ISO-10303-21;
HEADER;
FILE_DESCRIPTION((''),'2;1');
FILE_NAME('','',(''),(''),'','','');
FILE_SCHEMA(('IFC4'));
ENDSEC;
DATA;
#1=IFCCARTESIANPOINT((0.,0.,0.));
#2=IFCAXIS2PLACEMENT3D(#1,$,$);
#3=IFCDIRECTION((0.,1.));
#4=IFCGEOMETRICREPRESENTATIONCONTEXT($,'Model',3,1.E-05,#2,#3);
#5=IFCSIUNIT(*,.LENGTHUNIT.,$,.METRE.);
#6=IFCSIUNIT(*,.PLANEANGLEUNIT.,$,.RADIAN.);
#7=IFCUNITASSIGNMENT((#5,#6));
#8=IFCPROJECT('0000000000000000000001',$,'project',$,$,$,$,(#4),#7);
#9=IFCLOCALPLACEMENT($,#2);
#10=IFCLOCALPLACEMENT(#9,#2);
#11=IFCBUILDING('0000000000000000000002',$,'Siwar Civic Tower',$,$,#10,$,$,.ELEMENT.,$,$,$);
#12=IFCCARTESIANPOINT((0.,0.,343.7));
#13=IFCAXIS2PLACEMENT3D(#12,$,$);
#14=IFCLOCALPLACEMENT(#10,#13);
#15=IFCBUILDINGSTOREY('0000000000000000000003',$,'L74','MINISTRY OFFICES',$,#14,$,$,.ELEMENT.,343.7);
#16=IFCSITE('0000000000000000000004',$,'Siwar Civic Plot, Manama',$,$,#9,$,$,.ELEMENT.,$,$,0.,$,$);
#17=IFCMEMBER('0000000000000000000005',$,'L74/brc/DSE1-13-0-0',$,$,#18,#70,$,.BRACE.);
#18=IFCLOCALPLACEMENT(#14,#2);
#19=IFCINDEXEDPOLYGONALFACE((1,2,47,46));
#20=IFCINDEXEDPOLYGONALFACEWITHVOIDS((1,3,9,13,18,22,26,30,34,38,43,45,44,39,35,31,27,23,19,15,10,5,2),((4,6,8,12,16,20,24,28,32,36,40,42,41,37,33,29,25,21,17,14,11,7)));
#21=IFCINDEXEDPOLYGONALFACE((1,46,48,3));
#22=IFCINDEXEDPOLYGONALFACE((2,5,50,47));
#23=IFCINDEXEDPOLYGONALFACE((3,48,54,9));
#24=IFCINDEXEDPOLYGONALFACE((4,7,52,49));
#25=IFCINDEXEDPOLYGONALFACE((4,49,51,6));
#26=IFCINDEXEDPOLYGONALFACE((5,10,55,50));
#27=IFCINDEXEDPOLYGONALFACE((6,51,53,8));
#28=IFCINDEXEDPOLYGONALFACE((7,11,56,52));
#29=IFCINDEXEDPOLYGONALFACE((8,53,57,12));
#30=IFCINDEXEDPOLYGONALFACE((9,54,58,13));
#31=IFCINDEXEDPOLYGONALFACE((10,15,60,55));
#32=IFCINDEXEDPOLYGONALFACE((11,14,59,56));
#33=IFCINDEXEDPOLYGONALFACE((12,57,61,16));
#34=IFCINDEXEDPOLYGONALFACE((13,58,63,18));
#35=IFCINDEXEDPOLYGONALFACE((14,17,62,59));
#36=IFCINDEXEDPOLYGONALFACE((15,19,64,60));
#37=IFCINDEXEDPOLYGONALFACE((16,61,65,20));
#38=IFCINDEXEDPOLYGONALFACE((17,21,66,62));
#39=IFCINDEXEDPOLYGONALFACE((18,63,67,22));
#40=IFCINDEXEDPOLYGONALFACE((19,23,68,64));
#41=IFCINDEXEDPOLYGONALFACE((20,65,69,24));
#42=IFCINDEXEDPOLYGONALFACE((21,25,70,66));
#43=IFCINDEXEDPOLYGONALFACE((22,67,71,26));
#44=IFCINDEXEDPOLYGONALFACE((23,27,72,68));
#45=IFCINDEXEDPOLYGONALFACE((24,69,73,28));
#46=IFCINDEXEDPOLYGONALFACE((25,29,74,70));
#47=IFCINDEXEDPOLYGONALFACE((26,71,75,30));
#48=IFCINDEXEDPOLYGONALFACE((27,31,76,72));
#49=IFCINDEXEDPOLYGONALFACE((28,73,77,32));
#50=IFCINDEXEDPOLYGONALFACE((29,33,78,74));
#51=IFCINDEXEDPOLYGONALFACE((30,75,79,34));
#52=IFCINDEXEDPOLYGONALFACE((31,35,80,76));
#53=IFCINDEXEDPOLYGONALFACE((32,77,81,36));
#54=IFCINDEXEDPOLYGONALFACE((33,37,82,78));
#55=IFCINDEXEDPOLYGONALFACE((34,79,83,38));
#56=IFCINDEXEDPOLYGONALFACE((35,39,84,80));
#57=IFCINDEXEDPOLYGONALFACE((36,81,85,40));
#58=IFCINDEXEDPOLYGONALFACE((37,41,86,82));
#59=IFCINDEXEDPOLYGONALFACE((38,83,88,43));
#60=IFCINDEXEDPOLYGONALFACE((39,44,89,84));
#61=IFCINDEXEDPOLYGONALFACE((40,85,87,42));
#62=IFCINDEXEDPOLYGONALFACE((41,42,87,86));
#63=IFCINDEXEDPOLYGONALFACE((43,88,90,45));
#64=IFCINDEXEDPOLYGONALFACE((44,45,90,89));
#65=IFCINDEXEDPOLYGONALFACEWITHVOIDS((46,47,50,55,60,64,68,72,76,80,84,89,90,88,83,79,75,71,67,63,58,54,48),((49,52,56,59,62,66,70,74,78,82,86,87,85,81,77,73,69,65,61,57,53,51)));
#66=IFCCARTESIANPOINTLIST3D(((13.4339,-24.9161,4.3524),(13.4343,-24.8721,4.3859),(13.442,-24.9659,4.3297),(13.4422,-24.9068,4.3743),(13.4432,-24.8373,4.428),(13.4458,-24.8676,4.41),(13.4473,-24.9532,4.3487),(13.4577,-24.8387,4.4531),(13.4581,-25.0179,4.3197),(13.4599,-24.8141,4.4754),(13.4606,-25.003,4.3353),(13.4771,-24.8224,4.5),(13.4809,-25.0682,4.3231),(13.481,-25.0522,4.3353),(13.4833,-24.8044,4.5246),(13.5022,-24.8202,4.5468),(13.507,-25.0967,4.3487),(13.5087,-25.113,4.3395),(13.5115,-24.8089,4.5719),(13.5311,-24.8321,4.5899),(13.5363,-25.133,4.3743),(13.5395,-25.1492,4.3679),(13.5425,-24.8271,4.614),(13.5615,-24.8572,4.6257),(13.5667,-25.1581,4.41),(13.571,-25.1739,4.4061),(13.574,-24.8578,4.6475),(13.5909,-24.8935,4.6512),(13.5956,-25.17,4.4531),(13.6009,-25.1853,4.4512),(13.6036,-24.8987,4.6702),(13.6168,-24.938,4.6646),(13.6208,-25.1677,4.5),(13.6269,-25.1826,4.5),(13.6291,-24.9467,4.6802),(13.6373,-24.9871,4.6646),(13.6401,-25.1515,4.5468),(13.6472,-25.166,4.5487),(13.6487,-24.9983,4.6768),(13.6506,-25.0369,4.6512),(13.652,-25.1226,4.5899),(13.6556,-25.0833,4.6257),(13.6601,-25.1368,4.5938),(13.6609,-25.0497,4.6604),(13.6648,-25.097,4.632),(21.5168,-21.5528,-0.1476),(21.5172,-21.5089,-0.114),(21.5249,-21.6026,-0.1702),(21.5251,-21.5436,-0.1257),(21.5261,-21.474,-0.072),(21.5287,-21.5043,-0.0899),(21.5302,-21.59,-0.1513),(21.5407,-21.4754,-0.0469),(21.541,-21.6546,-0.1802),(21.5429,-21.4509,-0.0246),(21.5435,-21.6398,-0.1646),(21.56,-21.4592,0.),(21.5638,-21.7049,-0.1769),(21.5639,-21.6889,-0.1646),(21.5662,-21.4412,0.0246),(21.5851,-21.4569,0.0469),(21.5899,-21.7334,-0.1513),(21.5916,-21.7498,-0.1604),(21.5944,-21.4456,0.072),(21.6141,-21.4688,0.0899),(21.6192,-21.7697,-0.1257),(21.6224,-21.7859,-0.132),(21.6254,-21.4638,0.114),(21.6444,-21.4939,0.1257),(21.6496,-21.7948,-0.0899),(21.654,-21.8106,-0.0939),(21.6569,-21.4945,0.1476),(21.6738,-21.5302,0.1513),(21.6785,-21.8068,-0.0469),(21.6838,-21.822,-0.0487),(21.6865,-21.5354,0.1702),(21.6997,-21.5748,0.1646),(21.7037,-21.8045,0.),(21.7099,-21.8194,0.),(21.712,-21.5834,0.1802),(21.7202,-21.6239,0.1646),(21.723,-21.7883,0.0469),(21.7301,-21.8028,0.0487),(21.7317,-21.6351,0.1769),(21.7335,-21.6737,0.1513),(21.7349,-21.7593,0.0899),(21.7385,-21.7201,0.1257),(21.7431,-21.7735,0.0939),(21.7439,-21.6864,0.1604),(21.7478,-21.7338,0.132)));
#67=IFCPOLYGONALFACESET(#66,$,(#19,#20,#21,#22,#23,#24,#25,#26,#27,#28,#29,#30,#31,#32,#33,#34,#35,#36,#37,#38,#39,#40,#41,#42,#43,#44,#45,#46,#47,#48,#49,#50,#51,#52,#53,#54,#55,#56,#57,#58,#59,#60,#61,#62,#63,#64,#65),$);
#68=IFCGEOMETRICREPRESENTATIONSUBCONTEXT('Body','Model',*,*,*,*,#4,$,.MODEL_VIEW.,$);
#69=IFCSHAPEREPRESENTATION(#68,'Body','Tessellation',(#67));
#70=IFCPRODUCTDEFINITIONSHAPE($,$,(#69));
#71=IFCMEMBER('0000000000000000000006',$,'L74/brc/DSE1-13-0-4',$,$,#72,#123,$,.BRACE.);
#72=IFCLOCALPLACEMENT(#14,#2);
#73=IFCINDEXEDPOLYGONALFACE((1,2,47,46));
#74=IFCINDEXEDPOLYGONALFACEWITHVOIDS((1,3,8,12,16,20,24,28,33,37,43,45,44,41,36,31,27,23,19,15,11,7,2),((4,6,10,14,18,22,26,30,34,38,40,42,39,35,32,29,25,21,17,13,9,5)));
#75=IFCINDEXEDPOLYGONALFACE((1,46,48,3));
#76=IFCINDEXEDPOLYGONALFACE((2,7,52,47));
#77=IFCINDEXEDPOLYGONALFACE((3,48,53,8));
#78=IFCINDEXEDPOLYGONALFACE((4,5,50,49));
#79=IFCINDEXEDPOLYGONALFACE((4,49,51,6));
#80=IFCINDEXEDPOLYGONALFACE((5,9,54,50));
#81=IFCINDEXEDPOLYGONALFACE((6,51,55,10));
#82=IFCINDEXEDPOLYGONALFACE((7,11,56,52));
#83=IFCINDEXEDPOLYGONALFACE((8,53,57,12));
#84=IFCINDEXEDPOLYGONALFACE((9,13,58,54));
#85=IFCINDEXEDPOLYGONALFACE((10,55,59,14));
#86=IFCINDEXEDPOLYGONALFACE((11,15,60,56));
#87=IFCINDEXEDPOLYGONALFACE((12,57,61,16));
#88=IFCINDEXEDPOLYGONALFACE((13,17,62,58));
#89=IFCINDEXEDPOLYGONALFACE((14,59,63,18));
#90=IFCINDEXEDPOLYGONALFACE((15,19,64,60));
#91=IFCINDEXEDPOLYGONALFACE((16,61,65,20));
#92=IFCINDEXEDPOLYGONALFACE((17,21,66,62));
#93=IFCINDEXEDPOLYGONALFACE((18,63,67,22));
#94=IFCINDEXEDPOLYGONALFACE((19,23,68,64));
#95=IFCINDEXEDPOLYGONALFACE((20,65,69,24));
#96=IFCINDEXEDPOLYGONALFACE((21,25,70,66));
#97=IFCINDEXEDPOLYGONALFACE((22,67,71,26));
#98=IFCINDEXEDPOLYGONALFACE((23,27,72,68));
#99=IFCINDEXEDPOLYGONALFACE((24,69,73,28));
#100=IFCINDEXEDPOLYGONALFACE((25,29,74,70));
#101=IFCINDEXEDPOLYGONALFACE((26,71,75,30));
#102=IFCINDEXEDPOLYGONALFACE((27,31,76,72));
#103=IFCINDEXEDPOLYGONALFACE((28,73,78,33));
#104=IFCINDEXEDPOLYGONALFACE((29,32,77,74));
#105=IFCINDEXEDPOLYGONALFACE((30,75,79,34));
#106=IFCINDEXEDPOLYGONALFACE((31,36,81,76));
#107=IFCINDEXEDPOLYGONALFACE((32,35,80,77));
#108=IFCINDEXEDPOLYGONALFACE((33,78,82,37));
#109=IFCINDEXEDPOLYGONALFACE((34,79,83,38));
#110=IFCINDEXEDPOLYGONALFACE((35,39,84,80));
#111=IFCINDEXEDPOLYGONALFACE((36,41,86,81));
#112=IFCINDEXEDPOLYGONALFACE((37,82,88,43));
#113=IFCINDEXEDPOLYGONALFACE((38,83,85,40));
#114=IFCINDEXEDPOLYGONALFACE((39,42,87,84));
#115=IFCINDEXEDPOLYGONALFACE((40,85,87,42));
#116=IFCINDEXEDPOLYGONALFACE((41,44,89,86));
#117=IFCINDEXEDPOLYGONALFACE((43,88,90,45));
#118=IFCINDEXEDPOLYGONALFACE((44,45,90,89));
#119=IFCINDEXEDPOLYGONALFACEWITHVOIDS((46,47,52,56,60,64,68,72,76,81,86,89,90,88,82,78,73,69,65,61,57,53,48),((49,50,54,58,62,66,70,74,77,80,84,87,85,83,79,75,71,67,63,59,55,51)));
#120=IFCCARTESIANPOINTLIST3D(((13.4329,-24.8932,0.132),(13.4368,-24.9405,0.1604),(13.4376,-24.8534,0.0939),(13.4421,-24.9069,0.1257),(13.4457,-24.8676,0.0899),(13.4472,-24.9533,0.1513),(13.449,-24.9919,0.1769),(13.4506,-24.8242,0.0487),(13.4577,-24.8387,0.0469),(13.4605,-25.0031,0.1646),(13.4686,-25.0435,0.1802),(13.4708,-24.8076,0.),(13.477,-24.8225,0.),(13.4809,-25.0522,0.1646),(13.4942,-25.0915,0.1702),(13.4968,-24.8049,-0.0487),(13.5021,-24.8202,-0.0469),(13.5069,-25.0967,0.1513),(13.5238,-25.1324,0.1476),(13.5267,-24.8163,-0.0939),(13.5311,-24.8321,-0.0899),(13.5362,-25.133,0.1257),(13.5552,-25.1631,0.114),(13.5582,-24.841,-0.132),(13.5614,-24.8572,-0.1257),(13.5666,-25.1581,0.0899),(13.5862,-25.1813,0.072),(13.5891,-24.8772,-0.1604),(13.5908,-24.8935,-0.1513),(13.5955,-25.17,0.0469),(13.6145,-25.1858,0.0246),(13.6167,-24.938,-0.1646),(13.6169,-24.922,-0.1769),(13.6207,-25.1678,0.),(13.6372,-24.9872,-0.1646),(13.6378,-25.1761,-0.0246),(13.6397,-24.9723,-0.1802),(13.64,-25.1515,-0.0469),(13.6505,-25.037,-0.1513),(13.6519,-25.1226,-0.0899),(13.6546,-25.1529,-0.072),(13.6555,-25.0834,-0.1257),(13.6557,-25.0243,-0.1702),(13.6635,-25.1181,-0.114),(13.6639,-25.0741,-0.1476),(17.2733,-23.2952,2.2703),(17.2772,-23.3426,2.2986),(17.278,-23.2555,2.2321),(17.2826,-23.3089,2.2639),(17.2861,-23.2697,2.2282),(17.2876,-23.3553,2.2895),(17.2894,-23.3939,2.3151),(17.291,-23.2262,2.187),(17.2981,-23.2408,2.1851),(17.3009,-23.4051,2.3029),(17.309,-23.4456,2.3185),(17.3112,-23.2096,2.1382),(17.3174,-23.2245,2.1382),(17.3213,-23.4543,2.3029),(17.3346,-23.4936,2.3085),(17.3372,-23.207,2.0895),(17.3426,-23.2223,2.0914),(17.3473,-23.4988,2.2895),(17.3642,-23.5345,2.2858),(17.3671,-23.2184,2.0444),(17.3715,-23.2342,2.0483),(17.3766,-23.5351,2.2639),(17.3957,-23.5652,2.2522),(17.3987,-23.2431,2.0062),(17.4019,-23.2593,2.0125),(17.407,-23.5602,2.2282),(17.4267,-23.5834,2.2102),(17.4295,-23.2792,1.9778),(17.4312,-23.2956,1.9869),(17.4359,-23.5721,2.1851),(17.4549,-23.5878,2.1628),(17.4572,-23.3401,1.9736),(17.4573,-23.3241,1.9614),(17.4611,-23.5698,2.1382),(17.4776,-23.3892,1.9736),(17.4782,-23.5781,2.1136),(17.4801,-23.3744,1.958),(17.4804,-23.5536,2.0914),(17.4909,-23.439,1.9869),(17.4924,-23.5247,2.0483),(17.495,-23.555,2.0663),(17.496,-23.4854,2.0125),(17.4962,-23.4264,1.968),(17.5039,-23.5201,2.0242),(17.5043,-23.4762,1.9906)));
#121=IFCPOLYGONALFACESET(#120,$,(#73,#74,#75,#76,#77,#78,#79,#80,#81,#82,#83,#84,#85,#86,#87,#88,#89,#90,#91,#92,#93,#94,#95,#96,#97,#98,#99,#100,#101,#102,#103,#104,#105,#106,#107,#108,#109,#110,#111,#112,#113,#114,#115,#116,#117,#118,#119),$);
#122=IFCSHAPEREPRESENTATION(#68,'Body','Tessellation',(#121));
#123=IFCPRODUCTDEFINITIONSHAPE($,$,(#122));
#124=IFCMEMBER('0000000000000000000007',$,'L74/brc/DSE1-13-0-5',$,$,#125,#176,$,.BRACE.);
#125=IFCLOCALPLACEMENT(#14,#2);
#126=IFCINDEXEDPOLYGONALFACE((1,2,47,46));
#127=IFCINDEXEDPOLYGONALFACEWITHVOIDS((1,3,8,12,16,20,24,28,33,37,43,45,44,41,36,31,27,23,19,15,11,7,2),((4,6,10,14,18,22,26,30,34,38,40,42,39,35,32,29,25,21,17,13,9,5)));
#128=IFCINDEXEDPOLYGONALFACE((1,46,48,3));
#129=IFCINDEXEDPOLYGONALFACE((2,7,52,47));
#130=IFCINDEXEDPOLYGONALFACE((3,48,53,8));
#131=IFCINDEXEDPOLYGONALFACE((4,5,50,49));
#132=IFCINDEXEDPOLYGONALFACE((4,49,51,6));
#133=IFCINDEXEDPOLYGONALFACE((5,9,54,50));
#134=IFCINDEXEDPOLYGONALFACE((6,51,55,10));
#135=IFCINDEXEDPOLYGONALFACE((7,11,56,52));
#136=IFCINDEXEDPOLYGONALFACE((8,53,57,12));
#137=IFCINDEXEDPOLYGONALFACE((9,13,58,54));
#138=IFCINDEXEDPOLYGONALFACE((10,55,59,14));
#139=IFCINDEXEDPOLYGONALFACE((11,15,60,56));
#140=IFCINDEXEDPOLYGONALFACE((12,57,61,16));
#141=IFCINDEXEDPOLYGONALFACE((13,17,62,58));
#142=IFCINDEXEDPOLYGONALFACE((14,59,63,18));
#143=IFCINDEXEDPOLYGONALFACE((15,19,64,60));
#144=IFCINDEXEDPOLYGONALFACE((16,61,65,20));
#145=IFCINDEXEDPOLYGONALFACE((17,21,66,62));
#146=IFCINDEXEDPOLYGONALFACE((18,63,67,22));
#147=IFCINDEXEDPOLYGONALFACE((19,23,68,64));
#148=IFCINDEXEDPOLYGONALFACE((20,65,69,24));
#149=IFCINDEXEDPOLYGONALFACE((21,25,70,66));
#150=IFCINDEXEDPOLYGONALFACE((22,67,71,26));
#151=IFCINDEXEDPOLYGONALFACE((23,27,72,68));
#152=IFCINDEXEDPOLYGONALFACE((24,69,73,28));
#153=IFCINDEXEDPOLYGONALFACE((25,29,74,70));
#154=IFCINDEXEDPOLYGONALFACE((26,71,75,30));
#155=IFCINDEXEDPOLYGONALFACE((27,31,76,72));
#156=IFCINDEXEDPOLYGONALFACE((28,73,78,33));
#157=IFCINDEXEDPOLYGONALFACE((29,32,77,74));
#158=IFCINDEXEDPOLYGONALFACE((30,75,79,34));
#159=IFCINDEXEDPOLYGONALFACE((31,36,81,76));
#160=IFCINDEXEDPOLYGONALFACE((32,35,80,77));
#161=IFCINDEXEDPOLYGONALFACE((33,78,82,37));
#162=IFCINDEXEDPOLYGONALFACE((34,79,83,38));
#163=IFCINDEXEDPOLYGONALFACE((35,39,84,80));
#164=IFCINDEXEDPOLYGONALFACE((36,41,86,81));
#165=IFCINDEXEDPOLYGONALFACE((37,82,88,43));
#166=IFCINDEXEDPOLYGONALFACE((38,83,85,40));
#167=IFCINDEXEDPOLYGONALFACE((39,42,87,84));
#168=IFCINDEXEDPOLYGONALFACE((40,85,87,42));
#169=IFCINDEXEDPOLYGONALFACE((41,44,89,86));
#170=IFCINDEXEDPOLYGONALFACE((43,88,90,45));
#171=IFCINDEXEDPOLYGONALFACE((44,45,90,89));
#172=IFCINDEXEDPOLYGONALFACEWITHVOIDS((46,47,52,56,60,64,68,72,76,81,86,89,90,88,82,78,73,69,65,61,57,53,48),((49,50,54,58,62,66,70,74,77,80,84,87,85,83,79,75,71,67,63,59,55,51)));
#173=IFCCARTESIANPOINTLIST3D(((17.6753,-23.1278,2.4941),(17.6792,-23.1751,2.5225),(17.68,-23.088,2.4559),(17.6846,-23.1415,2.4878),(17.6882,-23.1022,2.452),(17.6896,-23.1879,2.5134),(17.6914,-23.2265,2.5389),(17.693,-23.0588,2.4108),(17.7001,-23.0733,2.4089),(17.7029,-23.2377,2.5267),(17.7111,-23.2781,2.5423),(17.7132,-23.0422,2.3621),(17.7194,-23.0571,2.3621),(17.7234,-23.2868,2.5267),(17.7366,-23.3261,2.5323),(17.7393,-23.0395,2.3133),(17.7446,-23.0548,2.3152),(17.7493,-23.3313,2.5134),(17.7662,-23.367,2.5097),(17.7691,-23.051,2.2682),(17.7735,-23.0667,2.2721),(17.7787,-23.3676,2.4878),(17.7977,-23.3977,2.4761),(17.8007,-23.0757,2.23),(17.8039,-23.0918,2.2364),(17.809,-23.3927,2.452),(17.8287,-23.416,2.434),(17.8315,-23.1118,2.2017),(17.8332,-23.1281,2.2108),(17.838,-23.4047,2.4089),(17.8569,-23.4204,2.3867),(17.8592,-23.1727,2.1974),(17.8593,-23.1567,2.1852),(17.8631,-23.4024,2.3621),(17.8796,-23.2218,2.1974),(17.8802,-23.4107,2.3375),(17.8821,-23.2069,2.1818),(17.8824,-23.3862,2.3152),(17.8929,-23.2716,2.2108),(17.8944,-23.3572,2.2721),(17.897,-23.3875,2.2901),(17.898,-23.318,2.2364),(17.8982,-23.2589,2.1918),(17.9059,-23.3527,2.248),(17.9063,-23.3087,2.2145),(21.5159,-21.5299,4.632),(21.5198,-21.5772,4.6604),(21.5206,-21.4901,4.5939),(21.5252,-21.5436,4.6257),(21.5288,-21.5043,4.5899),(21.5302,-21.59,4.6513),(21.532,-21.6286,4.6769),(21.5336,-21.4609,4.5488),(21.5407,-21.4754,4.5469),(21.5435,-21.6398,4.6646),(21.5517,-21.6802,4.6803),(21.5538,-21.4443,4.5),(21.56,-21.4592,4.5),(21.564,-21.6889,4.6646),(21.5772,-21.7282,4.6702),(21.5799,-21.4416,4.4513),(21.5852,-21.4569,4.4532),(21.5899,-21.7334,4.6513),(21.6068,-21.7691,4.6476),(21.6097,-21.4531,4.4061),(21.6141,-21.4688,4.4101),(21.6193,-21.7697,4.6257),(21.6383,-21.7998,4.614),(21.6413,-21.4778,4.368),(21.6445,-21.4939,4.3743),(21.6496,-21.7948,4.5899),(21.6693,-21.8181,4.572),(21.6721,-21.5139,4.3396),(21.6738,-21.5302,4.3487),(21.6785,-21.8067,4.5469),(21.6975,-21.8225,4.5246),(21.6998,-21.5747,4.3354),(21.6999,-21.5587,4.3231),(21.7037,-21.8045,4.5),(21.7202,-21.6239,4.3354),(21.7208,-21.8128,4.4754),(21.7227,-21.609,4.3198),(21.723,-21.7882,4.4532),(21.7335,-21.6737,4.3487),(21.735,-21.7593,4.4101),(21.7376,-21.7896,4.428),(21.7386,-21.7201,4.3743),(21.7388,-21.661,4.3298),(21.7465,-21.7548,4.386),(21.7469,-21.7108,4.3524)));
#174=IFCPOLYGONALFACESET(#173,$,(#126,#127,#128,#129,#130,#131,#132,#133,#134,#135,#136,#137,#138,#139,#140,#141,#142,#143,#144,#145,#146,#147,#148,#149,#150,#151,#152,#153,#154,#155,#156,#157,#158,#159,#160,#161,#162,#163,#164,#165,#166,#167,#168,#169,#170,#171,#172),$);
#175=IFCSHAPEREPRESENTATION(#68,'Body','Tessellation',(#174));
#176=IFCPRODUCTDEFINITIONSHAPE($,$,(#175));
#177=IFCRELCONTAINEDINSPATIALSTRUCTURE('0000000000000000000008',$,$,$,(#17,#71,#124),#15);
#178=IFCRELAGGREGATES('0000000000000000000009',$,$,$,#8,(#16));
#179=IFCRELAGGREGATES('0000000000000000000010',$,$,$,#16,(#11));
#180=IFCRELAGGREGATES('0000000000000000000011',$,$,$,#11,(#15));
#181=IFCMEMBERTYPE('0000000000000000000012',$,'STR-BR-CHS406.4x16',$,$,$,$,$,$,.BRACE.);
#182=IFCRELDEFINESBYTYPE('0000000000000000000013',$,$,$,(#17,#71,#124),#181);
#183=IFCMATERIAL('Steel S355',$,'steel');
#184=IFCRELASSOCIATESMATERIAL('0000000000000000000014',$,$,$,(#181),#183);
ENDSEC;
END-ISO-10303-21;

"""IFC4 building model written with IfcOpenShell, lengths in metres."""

from ifc_helpers import new_model, si_unit, direction, frame, origin, origin_2d, place, context, subcontext, project, spatial, hollow_circle, extrude, material, material_profile, profile_set, type_object, element, save


model = new_model("IFC4")

# Units and contexts
model_context = context("Model", 3, precision=1e-05, world=origin(), true_north=direction((0.0, 1.0)))
body_context = subcontext(model_context, "Body", "Model", "MODEL_VIEW")
ifc_project = project(units=[si_unit("LENGTHUNIT", "METRE"), si_unit("PLANEANGLEUNIT", "RADIAN")], contexts=[model_context])

# Site, building, storey
site_placement = place(None, origin())
site = spatial("IfcSite", under=ifc_project, at=site_placement, Name="Siwar Civic Plot, Manama", CompositionType="ELEMENT", RefElevation=0.0)
building_placement = place(site_placement, origin())
building = spatial("IfcBuilding", under=site, at=building_placement, Name="Siwar Civic Tower", CompositionType="ELEMENT")
storey_placement = place(building_placement, frame((0.0, 0.0, 343.7)))
storey = spatial("IfcBuildingStorey", under=building, at=storey_placement, Name="L74", Description="MINISTRY OFFICES", CompositionType="ELEMENT", Elevation=343.7)

# Members
ifc_material_1 = material(Name="Steel S355", Category="steel")
ifc_material_profile_1 = material_profile(ifc_material_1, hollow_circle(Radius=0.2031, WallThickness=0.0161, at=origin_2d()), Name="CHS406.4x16")
ifc_profile_set_1 = profile_set([ifc_material_profile_1], Name="Steel S355")
member_type_1 = type_object("IfcMemberType", Name="STR-BR-CHS406.4x16", PredefinedType="BRACE", material=ifc_profile_set_1)
member_1_placement = place(storey_placement, frame((21.6318, -21.6318, 0.0), z_axis=(-0.821143, -0.341671, 0.457149), x_axis=(0.384164, -0.923265, 0.0)))
element("IfcMember", 1, at=member_1_placement, inside=storey, type_object=member_type_1, Name="L74/brc/DSE1-13-0-0", PredefinedType="BRACE", context=body_context, shape_type="SweptSolid", body=[
    extrude(hollow_circle(Radius=0.2031, WallThickness=0.0161, at=origin_2d()), origin(), (0.0, 0.0, 1.0), 9.8435),
])
for number, where, z_axis, x_axis, name in (
    (2, (13.5488, -24.9951, 0.0), (0.82113, 0.341659, 0.457181), (-0.384157, 0.923268, 0.0), "L74/brc/DSE1-13-0-4"),
    (3, (17.7913, -23.2297, 2.3621), (0.821167, 0.341653, 0.45712), (-0.384136, 0.923276, 0.0), "L74/brc/DSE1-13-0-5"),
):
    element("IfcMember", number, at=place(storey_placement, frame(where, z_axis=z_axis, x_axis=x_axis)), inside=storey, type_object=member_type_1, Name=name, PredefinedType="BRACE", context=body_context, shape_type="SweptSolid", body=[
        extrude(hollow_circle(Radius=0.2031, WallThickness=0.0161, at=origin_2d()), origin(), (0.0, 0.0, 1.0), 4.677),
    ])

save(model, "model.ifc")
